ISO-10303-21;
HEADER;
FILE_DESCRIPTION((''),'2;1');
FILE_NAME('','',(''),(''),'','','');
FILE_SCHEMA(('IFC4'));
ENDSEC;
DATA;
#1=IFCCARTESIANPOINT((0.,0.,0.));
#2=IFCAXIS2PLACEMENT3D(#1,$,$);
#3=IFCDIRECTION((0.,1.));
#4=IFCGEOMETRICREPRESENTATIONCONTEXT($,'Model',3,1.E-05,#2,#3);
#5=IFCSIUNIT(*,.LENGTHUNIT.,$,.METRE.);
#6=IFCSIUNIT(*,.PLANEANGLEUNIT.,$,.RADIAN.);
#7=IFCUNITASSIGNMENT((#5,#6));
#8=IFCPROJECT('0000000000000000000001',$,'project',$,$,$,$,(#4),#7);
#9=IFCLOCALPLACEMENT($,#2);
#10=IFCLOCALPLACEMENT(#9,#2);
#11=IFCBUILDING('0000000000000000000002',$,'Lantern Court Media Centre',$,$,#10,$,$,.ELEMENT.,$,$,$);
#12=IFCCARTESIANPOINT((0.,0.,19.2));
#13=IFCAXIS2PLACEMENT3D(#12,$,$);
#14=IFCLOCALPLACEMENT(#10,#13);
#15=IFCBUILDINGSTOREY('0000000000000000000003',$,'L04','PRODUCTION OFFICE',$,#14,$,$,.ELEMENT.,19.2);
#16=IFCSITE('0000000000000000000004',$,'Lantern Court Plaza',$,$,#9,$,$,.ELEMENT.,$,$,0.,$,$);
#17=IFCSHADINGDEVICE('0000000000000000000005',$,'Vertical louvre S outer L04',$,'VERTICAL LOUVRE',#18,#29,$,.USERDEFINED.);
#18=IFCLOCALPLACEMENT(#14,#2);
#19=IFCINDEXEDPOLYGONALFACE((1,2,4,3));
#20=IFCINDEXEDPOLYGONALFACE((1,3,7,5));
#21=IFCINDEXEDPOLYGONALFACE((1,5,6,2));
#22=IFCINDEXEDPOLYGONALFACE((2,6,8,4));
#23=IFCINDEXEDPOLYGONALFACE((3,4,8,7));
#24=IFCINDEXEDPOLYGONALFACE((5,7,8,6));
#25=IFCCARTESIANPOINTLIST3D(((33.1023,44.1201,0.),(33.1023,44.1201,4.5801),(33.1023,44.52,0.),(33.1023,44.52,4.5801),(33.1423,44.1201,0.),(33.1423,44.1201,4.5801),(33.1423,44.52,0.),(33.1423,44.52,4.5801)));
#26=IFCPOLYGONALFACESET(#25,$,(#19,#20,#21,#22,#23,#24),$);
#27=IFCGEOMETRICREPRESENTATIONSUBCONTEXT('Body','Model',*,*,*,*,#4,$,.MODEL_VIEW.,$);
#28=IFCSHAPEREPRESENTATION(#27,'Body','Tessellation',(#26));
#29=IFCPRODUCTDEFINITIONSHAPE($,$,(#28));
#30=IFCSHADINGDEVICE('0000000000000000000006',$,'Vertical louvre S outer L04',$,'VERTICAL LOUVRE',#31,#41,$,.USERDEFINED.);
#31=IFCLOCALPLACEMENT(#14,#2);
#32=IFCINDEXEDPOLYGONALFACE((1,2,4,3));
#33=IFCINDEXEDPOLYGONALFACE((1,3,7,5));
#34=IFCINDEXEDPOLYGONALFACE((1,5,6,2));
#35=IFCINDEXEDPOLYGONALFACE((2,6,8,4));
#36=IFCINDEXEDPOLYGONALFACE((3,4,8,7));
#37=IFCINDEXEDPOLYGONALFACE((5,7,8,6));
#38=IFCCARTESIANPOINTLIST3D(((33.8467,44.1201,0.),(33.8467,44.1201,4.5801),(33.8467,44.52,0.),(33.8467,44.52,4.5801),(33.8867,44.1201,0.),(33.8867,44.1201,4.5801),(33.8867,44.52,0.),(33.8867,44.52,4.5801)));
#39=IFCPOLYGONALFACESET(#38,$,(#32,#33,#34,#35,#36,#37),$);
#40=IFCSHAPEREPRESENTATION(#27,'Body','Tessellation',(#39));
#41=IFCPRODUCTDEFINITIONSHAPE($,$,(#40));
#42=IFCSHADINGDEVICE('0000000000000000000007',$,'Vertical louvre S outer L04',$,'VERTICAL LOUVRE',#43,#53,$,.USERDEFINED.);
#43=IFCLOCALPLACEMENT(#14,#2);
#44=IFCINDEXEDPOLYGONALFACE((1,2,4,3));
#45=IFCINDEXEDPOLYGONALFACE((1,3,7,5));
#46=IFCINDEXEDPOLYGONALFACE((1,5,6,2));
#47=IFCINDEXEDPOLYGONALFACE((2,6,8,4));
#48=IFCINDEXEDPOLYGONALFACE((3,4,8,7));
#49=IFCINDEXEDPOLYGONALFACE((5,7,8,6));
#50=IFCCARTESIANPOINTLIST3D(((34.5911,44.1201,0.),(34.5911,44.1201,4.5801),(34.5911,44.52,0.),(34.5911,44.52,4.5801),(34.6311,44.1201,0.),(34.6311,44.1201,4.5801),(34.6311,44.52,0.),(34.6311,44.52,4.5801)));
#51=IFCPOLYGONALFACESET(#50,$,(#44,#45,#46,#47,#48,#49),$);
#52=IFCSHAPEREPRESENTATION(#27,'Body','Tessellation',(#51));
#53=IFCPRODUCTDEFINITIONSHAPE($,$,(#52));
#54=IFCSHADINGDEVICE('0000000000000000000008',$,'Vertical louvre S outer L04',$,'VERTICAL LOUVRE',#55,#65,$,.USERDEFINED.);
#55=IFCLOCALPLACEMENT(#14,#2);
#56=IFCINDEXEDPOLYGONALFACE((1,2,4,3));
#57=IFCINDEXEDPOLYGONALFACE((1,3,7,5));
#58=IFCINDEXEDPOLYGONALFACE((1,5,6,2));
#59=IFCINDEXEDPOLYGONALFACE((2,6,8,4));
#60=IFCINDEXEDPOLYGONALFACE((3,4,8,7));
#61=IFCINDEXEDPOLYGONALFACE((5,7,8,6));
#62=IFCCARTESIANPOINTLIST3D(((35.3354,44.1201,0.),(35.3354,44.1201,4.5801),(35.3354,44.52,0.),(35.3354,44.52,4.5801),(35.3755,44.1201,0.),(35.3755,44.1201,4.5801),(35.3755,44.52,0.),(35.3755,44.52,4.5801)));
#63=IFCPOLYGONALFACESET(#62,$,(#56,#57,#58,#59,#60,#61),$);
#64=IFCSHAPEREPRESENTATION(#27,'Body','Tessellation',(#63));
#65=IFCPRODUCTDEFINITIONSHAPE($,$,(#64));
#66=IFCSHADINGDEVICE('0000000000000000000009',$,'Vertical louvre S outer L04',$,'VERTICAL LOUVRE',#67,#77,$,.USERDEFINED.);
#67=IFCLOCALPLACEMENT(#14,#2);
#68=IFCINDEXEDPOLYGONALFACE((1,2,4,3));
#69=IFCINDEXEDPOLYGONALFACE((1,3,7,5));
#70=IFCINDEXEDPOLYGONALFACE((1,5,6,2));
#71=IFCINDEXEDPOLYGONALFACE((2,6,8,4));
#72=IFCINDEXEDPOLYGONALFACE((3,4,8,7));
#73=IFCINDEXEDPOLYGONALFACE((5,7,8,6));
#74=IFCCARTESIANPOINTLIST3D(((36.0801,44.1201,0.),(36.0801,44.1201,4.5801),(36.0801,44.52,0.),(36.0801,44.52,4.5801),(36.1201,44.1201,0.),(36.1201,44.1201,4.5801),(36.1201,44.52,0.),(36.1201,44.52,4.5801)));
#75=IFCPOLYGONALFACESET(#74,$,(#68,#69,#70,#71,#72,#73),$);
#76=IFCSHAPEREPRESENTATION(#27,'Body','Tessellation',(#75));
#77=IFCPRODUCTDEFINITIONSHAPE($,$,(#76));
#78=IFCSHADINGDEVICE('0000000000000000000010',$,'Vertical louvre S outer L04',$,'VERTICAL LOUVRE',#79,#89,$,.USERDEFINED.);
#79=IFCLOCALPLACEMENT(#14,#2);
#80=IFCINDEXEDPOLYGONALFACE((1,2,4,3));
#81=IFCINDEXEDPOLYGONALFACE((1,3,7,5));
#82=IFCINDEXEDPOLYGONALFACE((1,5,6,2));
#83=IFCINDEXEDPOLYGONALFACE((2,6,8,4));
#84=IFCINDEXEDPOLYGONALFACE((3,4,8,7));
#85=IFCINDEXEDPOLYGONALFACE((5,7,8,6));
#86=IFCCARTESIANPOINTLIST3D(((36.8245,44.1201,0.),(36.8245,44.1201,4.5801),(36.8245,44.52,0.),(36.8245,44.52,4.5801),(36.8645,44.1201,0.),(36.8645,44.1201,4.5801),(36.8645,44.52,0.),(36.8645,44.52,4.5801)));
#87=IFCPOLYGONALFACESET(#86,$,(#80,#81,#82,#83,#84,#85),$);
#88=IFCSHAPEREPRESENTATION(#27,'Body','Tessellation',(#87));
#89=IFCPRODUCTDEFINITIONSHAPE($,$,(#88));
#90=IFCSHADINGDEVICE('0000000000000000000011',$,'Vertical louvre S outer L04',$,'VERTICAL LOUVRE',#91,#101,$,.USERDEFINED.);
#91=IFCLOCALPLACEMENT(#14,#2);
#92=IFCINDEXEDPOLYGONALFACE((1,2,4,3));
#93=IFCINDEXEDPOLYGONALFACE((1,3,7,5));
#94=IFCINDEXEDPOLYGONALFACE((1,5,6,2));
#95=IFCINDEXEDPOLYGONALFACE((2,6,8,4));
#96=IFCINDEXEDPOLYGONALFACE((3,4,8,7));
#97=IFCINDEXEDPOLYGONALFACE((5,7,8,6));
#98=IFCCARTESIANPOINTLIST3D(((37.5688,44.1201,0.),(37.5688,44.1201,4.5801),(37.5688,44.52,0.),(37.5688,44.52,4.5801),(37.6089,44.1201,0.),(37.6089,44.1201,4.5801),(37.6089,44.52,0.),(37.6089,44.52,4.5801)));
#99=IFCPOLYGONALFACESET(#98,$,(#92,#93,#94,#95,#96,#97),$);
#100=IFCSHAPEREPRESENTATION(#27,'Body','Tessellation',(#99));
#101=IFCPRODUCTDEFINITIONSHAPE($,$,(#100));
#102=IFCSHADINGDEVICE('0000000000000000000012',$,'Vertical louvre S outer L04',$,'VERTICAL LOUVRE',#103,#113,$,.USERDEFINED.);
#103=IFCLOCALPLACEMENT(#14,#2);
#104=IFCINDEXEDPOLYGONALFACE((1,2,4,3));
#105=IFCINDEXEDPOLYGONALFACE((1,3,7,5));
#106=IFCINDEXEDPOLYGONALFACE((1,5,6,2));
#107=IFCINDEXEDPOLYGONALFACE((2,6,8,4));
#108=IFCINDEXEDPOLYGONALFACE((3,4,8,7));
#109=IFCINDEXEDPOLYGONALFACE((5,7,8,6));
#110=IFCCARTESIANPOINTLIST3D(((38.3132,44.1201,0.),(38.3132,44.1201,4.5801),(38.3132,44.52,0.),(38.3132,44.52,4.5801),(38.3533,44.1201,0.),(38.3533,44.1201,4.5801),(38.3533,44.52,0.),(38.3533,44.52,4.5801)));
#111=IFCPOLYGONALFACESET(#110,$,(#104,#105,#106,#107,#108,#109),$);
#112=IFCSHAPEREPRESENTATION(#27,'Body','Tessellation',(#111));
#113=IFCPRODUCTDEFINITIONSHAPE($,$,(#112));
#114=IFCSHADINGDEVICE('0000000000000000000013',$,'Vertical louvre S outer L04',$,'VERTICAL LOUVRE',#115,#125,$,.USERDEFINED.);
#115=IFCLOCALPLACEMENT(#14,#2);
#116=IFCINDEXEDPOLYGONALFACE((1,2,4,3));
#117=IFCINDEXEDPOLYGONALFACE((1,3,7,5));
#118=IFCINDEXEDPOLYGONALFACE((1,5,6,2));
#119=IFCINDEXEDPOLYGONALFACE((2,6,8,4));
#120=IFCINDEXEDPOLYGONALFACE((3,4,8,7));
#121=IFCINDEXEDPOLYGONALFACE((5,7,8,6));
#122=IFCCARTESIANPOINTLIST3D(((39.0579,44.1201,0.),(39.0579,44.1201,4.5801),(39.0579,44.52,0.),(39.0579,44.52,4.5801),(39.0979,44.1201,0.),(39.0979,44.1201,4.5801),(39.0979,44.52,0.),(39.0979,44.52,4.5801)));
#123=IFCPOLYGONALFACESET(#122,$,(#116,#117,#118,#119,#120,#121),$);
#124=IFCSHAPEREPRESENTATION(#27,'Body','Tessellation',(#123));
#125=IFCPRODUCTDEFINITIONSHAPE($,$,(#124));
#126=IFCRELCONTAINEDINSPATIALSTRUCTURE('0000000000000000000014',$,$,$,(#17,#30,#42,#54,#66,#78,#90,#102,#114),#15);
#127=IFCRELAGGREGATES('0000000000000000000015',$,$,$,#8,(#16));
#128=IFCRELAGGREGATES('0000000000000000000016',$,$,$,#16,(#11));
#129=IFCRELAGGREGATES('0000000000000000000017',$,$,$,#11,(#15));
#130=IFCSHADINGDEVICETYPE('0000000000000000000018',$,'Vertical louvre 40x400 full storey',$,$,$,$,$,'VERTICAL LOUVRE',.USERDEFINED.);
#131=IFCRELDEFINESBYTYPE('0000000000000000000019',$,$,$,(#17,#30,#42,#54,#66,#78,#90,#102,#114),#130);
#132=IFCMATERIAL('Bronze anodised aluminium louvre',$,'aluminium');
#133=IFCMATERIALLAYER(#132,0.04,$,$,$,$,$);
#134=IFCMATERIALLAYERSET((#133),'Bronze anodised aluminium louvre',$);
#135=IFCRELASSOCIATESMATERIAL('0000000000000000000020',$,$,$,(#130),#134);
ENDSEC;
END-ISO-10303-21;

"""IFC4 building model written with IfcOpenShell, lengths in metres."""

from ifc_helpers import new_model, si_unit, direction, frame, origin, origin_2d, place, context, subcontext, project, spatial, rectangle, extrude, material, layer, layer_set, type_object, element, save


model = new_model("IFC4")

# Units and contexts
model_context = context("Model", 3, precision=1e-05, world=origin(), true_north=direction((0.0, 1.0)))
body_context = subcontext(model_context, "Body", "Model", "MODEL_VIEW")
ifc_project = project(units=[si_unit("LENGTHUNIT", "METRE"), si_unit("PLANEANGLEUNIT", "RADIAN")], contexts=[model_context])

# Site, building, storey
site_placement = place(None, origin())
site = spatial("IfcSite", under=ifc_project, at=site_placement, Name="Lantern Court Plaza", CompositionType="ELEMENT", RefElevation=0.0)
building_placement = place(site_placement, origin())
building = spatial("IfcBuilding", under=site, at=building_placement, Name="Lantern Court Media Centre", CompositionType="ELEMENT")
storey_placement = place(building_placement, frame((0.0, 0.0, 19.2)))
storey = spatial("IfcBuildingStorey", under=building, at=storey_placement, Name="L04", Description="PRODUCTION OFFICE", CompositionType="ELEMENT", Elevation=19.2)

# Shading devices
ifc_material_1 = material(Name="Bronze anodised aluminium louvre", Category="aluminium")
ifc_layer_1 = layer(ifc_material_1, 0.04)
ifc_layer_set_1 = layer_set([ifc_layer_1], Name="Bronze anodised aluminium louvre")
shading_device_type = type_object("IfcShadingDeviceType", Name="Vertical louvre 40x400 full storey", ElementType="VERTICAL LOUVRE", PredefinedType="USERDEFINED", material=ifc_layer_set_1)
for number, where, z_axis, x_axis, name in (
    (1, (33.1223, 44.3201, 0.0), (0.0, 0.0, 1.0), (1.0, 0.0, 0.0), "Vertical louvre S outer L04"),
    (2, (33.8667, 44.3201, 0.0), (0.0, 0.0, 1.0), (1.0, 0.0, 0.0), "Vertical louvre S outer L04"),
    (3, (34.6111, 44.3201, 0.0), (0.0, 0.0, 1.0), (1.0, 0.0, 0.0), "Vertical louvre S outer L04"),
    (4, (35.3555, 44.3201, 0.0), (0.0, 0.0, 1.0), (1.0, 0.0, 0.0), "Vertical louvre S outer L04"),
    (5, (36.1001, 44.3201, 0.0), (0.0, 0.0, 1.0), (1.0, 0.0, 0.0), "Vertical louvre S outer L04"),
    (6, (36.8445, 44.3201, 0.0), (0.0, 0.0, 1.0), (1.0, 0.0, 0.0), "Vertical louvre S outer L04"),
    (7, (37.5889, 44.3201, 0.0), (0.0, 0.0, 1.0), (1.0, 0.0, 0.0), "Vertical louvre S outer L04"),
    (8, (38.3333, 44.3201, 0.0), (0.0, 0.0, 1.0), (1.0, 0.0, 0.0), "Vertical louvre S outer L04"),
    (9, (39.0779, 44.3201, 0.0), (0.0, 0.0, 1.0), (1.0, 0.0, 0.0), "Vertical louvre S outer L04"),
):
    element("IfcShadingDevice", number, at=place(storey_placement, frame(where, z_axis=z_axis, x_axis=x_axis)), inside=storey, type_object=shading_device_type, Name=name, ObjectType="VERTICAL LOUVRE", PredefinedType="USERDEFINED", context=body_context, shape_type="SweptSolid", body=[
        extrude(rectangle(XDim=0.04, YDim=0.3999, at=origin_2d()), origin(), (0.0, 0.0, 1.0), 4.5801),
    ])

save(model, "model.ifc")
